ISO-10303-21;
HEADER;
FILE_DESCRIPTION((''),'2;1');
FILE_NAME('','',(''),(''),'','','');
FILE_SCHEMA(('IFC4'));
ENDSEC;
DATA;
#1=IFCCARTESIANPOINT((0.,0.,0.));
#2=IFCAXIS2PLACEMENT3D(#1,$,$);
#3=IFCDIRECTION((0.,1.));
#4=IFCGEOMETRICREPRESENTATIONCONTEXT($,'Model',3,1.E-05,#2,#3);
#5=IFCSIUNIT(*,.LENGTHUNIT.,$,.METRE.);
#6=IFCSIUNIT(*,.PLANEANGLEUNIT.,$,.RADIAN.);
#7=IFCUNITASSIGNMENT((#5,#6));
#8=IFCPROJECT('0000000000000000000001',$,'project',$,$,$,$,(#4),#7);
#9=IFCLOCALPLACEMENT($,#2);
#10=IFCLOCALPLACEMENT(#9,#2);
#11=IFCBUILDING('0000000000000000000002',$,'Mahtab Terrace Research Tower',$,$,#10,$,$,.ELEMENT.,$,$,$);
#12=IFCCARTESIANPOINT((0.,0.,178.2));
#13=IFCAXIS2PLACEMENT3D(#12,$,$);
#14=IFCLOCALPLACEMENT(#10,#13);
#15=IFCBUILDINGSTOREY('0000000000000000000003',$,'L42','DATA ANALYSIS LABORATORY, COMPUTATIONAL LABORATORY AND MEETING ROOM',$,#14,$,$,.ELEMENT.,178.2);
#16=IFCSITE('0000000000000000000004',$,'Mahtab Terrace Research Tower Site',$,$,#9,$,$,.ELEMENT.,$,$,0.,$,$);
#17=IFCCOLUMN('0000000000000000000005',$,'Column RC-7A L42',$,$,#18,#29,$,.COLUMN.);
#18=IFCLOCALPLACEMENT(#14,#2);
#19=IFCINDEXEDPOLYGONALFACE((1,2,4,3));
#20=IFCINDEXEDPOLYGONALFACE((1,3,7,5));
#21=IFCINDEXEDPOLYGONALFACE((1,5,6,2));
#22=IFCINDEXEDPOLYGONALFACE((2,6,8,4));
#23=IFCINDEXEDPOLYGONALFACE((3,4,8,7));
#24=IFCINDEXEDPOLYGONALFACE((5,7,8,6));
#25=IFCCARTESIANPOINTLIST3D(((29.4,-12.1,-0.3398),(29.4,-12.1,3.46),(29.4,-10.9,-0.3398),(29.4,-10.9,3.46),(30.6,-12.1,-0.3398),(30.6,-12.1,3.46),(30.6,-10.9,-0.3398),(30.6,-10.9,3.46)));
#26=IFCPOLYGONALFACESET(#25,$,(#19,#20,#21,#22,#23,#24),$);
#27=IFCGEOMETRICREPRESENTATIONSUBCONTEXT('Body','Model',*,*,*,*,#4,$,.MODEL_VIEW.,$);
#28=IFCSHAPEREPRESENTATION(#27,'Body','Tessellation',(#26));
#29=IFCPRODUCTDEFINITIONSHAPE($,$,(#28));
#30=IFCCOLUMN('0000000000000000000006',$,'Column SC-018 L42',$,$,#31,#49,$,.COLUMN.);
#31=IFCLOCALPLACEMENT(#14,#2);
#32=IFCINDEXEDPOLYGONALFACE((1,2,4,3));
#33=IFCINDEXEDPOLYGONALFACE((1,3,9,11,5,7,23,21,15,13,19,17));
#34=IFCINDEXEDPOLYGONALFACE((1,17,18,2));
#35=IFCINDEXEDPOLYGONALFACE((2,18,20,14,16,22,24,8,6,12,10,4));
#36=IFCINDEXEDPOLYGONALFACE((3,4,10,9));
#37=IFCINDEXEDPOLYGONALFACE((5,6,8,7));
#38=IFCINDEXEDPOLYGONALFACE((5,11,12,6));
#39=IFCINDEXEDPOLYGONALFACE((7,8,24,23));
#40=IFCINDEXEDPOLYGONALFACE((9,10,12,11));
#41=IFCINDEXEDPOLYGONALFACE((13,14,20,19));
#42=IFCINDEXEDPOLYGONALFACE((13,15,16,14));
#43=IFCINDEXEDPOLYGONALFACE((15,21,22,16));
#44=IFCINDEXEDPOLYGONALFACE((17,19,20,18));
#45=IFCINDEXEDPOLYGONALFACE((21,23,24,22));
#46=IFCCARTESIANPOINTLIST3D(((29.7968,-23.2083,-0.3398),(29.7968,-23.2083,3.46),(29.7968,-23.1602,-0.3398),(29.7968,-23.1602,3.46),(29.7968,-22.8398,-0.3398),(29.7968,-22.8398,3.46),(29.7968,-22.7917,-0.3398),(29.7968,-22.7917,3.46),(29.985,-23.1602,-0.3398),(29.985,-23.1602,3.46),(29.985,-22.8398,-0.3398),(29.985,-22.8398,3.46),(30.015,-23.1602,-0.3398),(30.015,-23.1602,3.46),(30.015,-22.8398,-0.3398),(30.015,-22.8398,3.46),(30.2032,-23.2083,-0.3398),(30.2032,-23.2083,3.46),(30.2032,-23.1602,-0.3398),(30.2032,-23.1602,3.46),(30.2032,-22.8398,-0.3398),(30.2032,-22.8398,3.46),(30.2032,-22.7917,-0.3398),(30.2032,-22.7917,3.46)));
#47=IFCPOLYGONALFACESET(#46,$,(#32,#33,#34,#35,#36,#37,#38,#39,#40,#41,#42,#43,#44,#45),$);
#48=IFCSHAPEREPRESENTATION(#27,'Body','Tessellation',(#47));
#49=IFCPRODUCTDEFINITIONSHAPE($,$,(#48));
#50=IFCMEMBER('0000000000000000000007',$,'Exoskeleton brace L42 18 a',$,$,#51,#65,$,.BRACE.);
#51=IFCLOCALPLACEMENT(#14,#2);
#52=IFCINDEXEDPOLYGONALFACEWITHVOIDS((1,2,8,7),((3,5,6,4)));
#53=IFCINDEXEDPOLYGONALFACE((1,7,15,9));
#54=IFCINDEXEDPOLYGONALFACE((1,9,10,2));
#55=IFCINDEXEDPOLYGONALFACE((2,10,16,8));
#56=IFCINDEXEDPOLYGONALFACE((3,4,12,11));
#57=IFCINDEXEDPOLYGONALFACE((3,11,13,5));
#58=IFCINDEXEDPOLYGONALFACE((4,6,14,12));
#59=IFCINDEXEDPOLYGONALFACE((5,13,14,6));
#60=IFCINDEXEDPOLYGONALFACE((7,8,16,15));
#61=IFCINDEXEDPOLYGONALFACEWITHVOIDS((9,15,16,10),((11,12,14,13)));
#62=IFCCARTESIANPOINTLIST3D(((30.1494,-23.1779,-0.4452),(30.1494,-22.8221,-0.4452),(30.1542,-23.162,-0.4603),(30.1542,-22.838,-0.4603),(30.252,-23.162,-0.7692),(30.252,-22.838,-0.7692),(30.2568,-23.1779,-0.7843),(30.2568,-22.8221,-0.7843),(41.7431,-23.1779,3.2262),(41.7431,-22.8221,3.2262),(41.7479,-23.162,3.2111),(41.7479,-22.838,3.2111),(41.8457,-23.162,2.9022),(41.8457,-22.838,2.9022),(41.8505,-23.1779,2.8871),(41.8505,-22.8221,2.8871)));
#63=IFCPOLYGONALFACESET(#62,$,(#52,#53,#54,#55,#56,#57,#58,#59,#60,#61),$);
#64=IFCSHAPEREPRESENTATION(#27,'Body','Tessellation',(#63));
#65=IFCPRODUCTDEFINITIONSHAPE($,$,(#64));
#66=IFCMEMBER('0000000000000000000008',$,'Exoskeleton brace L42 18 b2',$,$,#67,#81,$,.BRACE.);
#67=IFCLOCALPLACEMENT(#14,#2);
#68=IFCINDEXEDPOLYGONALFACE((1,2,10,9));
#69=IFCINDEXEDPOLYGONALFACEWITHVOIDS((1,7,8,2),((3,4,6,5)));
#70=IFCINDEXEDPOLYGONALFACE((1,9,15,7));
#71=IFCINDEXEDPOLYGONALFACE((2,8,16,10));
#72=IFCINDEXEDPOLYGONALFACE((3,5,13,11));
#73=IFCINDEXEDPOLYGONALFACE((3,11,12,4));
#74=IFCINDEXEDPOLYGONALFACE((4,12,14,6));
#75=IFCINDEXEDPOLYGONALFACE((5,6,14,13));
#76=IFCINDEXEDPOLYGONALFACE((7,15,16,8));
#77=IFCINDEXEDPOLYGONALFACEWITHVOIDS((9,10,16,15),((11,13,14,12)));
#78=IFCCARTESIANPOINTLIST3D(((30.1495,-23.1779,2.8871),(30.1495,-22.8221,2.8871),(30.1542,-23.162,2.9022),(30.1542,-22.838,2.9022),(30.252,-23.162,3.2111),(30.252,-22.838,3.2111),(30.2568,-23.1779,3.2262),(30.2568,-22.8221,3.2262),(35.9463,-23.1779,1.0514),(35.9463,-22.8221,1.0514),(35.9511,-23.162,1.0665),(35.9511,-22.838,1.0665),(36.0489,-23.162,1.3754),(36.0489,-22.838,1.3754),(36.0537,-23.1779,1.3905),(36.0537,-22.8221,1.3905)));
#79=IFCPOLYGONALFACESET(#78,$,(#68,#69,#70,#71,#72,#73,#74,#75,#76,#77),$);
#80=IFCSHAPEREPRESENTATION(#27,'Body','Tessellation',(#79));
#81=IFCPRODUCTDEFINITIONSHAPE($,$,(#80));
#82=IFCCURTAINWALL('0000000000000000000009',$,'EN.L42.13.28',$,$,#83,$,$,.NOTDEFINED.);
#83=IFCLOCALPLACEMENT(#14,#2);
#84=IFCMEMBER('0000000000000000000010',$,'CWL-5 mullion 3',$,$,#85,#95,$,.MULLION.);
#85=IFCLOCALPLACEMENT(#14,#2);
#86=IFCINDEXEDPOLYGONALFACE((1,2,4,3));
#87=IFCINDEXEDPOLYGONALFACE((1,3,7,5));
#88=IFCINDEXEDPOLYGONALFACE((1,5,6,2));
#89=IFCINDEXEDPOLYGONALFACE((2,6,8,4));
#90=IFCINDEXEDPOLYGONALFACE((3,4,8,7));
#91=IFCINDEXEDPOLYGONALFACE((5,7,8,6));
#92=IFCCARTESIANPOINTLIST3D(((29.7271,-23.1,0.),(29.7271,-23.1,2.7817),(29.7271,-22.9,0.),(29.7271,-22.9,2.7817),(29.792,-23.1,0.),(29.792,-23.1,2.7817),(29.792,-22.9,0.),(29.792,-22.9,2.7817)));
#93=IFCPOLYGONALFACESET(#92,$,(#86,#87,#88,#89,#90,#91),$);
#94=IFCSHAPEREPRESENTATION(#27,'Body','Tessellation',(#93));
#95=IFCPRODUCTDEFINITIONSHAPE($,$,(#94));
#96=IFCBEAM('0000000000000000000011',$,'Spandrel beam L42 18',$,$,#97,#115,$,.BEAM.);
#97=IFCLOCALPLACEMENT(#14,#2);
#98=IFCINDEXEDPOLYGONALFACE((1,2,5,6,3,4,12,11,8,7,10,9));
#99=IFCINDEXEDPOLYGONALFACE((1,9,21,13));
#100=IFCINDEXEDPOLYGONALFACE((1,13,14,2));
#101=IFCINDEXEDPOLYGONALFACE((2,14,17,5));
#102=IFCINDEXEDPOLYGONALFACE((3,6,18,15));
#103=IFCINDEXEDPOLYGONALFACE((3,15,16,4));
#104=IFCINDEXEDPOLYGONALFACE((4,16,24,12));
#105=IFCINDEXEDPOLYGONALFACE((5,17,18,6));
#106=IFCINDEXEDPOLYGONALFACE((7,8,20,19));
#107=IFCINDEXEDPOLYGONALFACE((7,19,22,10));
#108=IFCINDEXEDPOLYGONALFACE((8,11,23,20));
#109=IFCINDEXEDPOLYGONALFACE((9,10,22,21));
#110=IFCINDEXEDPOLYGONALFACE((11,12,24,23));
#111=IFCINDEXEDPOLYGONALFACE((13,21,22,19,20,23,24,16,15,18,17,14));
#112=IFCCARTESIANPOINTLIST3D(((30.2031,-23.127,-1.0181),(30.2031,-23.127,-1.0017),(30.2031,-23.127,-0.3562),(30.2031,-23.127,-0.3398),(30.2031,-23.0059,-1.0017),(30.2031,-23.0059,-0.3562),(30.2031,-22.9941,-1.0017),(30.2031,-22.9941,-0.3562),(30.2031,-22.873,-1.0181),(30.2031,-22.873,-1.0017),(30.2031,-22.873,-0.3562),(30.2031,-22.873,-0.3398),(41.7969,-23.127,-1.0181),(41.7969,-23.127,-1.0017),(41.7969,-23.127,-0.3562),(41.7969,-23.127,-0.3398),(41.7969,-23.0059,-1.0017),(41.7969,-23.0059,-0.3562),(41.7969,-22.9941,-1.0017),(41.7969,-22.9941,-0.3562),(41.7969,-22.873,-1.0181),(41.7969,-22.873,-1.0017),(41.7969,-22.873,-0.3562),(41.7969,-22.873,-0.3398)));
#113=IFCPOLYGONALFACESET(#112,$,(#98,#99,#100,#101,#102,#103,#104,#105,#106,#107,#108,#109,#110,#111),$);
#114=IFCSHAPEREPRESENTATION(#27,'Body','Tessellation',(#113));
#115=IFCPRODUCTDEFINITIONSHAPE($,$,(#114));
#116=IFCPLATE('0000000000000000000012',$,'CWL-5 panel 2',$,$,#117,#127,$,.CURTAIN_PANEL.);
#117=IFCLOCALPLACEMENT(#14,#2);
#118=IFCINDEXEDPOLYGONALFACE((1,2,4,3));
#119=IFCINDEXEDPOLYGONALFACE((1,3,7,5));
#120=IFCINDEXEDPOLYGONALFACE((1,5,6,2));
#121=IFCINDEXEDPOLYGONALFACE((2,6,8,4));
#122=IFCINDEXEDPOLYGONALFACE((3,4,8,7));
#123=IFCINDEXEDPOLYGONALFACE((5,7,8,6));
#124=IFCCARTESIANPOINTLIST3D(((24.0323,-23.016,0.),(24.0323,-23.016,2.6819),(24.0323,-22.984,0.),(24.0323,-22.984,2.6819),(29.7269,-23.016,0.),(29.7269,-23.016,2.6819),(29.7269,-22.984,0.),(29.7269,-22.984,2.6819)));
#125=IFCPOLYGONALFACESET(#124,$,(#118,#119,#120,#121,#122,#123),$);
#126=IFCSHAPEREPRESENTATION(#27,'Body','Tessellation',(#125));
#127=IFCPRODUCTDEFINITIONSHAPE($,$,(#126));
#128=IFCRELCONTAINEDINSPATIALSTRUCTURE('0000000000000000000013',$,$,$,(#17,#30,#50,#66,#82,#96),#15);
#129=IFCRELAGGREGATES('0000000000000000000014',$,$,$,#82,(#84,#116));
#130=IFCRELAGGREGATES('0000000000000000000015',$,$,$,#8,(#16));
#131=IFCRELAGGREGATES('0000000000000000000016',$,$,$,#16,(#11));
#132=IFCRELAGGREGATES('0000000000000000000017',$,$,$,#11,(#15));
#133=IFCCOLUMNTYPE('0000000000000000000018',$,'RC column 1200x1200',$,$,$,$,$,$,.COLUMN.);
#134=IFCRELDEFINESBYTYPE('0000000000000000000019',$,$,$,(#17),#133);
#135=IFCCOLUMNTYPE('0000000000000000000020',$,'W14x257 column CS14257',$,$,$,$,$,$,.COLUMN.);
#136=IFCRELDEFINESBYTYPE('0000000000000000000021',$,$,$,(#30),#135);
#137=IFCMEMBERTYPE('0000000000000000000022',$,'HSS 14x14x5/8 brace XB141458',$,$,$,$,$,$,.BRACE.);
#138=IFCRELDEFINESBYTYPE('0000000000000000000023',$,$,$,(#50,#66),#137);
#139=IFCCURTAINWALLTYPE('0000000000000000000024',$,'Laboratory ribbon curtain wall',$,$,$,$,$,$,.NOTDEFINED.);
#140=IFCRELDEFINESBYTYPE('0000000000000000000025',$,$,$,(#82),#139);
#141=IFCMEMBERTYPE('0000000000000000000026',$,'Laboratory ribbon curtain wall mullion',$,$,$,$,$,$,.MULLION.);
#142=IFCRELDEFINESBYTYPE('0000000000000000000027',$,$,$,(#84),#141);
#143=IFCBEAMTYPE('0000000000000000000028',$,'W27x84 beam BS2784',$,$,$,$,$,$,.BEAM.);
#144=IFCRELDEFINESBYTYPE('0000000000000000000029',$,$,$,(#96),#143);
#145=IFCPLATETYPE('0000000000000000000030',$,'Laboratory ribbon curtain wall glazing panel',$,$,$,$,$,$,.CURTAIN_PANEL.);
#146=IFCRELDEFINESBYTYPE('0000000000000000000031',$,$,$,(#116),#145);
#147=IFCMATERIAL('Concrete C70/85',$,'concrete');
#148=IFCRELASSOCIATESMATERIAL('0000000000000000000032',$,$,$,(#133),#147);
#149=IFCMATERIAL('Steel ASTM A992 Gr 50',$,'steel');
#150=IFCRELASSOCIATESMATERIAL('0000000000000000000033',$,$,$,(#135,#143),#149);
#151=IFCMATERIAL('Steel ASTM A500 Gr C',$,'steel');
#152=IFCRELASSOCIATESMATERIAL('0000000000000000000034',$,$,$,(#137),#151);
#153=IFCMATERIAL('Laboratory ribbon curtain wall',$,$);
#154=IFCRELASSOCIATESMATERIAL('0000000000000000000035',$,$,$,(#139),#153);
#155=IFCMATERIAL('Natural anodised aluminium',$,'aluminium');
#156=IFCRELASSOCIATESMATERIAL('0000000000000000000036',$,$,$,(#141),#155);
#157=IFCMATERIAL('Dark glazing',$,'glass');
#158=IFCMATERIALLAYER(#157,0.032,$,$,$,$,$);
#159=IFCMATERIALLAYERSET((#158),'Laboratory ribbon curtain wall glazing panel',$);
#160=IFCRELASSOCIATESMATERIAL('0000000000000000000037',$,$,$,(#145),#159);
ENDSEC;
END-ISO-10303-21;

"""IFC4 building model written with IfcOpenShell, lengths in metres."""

from ifc_helpers import new_model, si_unit, direction, frame, origin, origin_2d, place, context, subcontext, project, spatial, rectangle, hollow_rectangle, i_section, extrude, material, layer, layer_set, material_profile, profile_set, type_object, element, aggregate, save


model = new_model("IFC4")

# Units and contexts
model_context = context("Model", 3, precision=1e-05, world=origin(), true_north=direction((0.0, 1.0)))
body_context = subcontext(model_context, "Body", "Model", "MODEL_VIEW")
ifc_project = project(units=[si_unit("LENGTHUNIT", "METRE"), si_unit("PLANEANGLEUNIT", "RADIAN")], contexts=[model_context])

# Site, building, storey
site_placement = place(None, origin())
site = spatial("IfcSite", under=ifc_project, at=site_placement, Name="Mahtab Terrace Research Tower Site", CompositionType="ELEMENT", RefElevation=0.0)
building_placement = place(site_placement, origin())
building = spatial("IfcBuilding", under=site, at=building_placement, Name="Mahtab Terrace Research Tower", CompositionType="ELEMENT")
storey_placement = place(building_placement, frame((0.0, 0.0, 178.2)))
storey = spatial("IfcBuildingStorey", under=building, at=storey_placement, Name="L42", Description="DATA ANALYSIS LABORATORY, COMPUTATIONAL LABORATORY AND MEETING ROOM", CompositionType="ELEMENT", Elevation=178.2)

# Columns
ifc_material_1 = material(Name="Concrete C70/85", Category="concrete")
ifc_material_profile_1 = material_profile(ifc_material_1, rectangle(XDim=1.2, YDim=1.2, at=origin_2d()), Name="RC column 1200x1200")
ifc_profile_set_1 = profile_set([ifc_material_profile_1], Name="Concrete C70/85")
column_type_1 = type_object("IfcColumnType", Name="RC column 1200x1200", PredefinedType="COLUMN", material=ifc_profile_set_1)
column_1_placement = place(storey_placement, frame((30.0, -11.5, -0.3398), z_axis=(0.0, 0.0, 1.0), x_axis=(1.0, 0.0, 0.0)))
element("IfcColumn", 1, at=column_1_placement, inside=storey, type_object=column_type_1, Name="Column RC-7A L42", PredefinedType="COLUMN", context=body_context, shape_type="SweptSolid", body=[
    extrude(rectangle(XDim=1.2, YDim=1.2, at=origin_2d()), origin(), (0.0, 0.0, 1.0), 3.7998),
])
ifc_material_2 = material(Name="Steel ASTM A992 Gr 50", Category="steel")
ifc_material_profile_2 = material_profile(ifc_material_2, i_section(OverallWidth=0.4065, OverallDepth=0.4165, WebThickness=0.03, FlangeThickness=0.0481, at=origin_2d()), Name="W14X257")
ifc_profile_set_2 = profile_set([ifc_material_profile_2], Name="Steel ASTM A992 Gr 50")
column_type_2 = type_object("IfcColumnType", Name="W14x257 column CS14257", PredefinedType="COLUMN", material=ifc_profile_set_2)
column_2_placement = place(storey_placement, frame((30.0, -23.0, -0.3398), z_axis=(0.0, 0.0, 1.0), x_axis=(1.0, 0.0, 0.0)))
element("IfcColumn", 2, at=column_2_placement, inside=storey, type_object=column_type_2, Name="Column SC-018 L42", PredefinedType="COLUMN", context=body_context, shape_type="SweptSolid", body=[
    extrude(i_section(OverallWidth=0.4065, OverallDepth=0.4165, WebThickness=0.03, FlangeThickness=0.0481, at=origin_2d()), origin(), (0.0, 0.0, 1.0), 3.7998),
])

# Members
ifc_material_3 = material(Name="Steel ASTM A500 Gr C", Category="steel")
ifc_material_profile_3 = material_profile(ifc_material_3, hollow_rectangle(XDim=0.3557, YDim=0.3557, WallThickness=0.0159, at=origin_2d()), Name="HSS14X14X5/8")
ifc_profile_set_3 = profile_set([ifc_material_profile_3], Name="Steel ASTM A500 Gr C")
member_type_1 = type_object("IfcMemberType", Name="HSS 14x14x5/8 brace XB141458", PredefinedType="BRACE", material=ifc_profile_set_3)
member_1_placement = place(storey_placement, frame((30.2031, -23.0, -0.6147), z_axis=(0.953341, 0.0, 0.301894), x_axis=(0.0, 1.0, 0.0)))
element("IfcMember", 3, at=member_1_placement, inside=storey, type_object=member_type_1, Name="Exoskeleton brace L42 18 a", PredefinedType="BRACE", context=body_context, shape_type="SweptSolid", body=[
    extrude(hollow_rectangle(XDim=0.3557, YDim=0.3557, WallThickness=0.0159, at=origin_2d()), origin(), (0.0, 0.0, 1.0), 12.1611),
])
member_2_placement = place(storey_placement, frame((36.0, -23.0, 1.2209), z_axis=(-0.953341, 0.0, 0.301894), x_axis=(0.0, -1.0, 0.0)))
element("IfcMember", 4, at=member_2_placement, inside=storey, type_object=member_type_1, Name="Exoskeleton brace L42 18 b2", PredefinedType="BRACE", context=body_context, shape_type="SweptSolid", body=[
    extrude(hollow_rectangle(XDim=0.3557, YDim=0.3557, WallThickness=0.0159, at=origin_2d()), origin(), (0.0, 0.0, 1.0), 6.0806),
])

# Curtain wall, member
ifc_material_4 = material(Name="Laboratory ribbon curtain wall")
curtain_wall_type = type_object("IfcCurtainWallType", Name="Laboratory ribbon curtain wall", PredefinedType="NOTDEFINED", material=ifc_material_4)
curtain_wall_placement = place(storey_placement, origin())
curtain_wall = element("IfcCurtainWall", 5, at=curtain_wall_placement, inside=storey, type_object=curtain_wall_type, Name="EN.L42.13.28", PredefinedType="NOTDEFINED")
ifc_material_5 = material(Name="Natural anodised aluminium", Category="aluminium")
ifc_material_profile_4 = material_profile(ifc_material_5, rectangle(XDim=0.2, YDim=0.0649, at=origin_2d()), Name="MULLION 65x200")
ifc_profile_set_4 = profile_set([ifc_material_profile_4], Name="Natural anodised aluminium")
member_type_2 = type_object("IfcMemberType", Name="Laboratory ribbon curtain wall mullion", PredefinedType="MULLION", material=ifc_profile_set_4)
member_3_placement = place(storey_placement, frame((29.7595, -23.0, 0.0), z_axis=(0.0, 0.0, 1.0), x_axis=(0.0, 1.0, 0.0)))
member_3 = element("IfcMember", 6, at=member_3_placement, type_object=member_type_2, Name="CWL-5 mullion 3", PredefinedType="MULLION", context=body_context, shape_type="SweptSolid", body=[
    extrude(rectangle(XDim=0.2, YDim=0.0649, at=origin_2d()), origin(), (0.0, 0.0, 1.0), 2.7817),
])

# Beam
ifc_material_profile_5 = material_profile(ifc_material_2, i_section(OverallWidth=0.2539, OverallDepth=0.6782, WebThickness=0.0117, FlangeThickness=0.0164, at=origin_2d()), Name="W27X84")
ifc_profile_set_5 = profile_set([ifc_material_profile_5], Name="Steel ASTM A992 Gr 50")
beam_type = type_object("IfcBeamType", Name="W27x84 beam BS2784", PredefinedType="BEAM", material=ifc_profile_set_5)
beam_placement = place(storey_placement, frame((30.2031, -23.0, -0.679), z_axis=(1.0, 0.0, 0.0), x_axis=(0.0, 1.0, 0.0)))
element("IfcBeam", 7, at=beam_placement, inside=storey, type_object=beam_type, Name="Spandrel beam L42 18", PredefinedType="BEAM", context=body_context, shape_type="SweptSolid", body=[
    extrude(i_section(OverallWidth=0.2539, OverallDepth=0.6782, WebThickness=0.0117, FlangeThickness=0.0164, at=origin_2d()), origin(), (0.0, 0.0, 1.0), 11.5938),
])

# Plate
ifc_material_6 = material(Name="Dark glazing", Category="glass")
ifc_layer_1 = layer(ifc_material_6, 0.032)
ifc_layer_set_1 = layer_set([ifc_layer_1], Name="Laboratory ribbon curtain wall glazing panel")
plate_type = type_object("IfcPlateType", Name="Laboratory ribbon curtain wall glazing panel", PredefinedType="CURTAIN_PANEL", material=ifc_layer_set_1)
plate_placement = place(storey_placement, frame((26.8796, -23.0, 0.0), z_axis=(0.0, 0.0, 1.0), x_axis=(1.0, 0.0, 0.0)))
plate = element("IfcPlate", 8, at=plate_placement, type_object=plate_type, Name="CWL-5 panel 2", PredefinedType="CURTAIN_PANEL", context=body_context, shape_type="SweptSolid", body=[
    extrude(rectangle(XDim=5.6946, YDim=0.032, at=origin_2d()), origin(), (0.0, 0.0, 1.0), 2.6819),
])
aggregate(curtain_wall, [member_3, plate])

save(model, "model.ifc")
